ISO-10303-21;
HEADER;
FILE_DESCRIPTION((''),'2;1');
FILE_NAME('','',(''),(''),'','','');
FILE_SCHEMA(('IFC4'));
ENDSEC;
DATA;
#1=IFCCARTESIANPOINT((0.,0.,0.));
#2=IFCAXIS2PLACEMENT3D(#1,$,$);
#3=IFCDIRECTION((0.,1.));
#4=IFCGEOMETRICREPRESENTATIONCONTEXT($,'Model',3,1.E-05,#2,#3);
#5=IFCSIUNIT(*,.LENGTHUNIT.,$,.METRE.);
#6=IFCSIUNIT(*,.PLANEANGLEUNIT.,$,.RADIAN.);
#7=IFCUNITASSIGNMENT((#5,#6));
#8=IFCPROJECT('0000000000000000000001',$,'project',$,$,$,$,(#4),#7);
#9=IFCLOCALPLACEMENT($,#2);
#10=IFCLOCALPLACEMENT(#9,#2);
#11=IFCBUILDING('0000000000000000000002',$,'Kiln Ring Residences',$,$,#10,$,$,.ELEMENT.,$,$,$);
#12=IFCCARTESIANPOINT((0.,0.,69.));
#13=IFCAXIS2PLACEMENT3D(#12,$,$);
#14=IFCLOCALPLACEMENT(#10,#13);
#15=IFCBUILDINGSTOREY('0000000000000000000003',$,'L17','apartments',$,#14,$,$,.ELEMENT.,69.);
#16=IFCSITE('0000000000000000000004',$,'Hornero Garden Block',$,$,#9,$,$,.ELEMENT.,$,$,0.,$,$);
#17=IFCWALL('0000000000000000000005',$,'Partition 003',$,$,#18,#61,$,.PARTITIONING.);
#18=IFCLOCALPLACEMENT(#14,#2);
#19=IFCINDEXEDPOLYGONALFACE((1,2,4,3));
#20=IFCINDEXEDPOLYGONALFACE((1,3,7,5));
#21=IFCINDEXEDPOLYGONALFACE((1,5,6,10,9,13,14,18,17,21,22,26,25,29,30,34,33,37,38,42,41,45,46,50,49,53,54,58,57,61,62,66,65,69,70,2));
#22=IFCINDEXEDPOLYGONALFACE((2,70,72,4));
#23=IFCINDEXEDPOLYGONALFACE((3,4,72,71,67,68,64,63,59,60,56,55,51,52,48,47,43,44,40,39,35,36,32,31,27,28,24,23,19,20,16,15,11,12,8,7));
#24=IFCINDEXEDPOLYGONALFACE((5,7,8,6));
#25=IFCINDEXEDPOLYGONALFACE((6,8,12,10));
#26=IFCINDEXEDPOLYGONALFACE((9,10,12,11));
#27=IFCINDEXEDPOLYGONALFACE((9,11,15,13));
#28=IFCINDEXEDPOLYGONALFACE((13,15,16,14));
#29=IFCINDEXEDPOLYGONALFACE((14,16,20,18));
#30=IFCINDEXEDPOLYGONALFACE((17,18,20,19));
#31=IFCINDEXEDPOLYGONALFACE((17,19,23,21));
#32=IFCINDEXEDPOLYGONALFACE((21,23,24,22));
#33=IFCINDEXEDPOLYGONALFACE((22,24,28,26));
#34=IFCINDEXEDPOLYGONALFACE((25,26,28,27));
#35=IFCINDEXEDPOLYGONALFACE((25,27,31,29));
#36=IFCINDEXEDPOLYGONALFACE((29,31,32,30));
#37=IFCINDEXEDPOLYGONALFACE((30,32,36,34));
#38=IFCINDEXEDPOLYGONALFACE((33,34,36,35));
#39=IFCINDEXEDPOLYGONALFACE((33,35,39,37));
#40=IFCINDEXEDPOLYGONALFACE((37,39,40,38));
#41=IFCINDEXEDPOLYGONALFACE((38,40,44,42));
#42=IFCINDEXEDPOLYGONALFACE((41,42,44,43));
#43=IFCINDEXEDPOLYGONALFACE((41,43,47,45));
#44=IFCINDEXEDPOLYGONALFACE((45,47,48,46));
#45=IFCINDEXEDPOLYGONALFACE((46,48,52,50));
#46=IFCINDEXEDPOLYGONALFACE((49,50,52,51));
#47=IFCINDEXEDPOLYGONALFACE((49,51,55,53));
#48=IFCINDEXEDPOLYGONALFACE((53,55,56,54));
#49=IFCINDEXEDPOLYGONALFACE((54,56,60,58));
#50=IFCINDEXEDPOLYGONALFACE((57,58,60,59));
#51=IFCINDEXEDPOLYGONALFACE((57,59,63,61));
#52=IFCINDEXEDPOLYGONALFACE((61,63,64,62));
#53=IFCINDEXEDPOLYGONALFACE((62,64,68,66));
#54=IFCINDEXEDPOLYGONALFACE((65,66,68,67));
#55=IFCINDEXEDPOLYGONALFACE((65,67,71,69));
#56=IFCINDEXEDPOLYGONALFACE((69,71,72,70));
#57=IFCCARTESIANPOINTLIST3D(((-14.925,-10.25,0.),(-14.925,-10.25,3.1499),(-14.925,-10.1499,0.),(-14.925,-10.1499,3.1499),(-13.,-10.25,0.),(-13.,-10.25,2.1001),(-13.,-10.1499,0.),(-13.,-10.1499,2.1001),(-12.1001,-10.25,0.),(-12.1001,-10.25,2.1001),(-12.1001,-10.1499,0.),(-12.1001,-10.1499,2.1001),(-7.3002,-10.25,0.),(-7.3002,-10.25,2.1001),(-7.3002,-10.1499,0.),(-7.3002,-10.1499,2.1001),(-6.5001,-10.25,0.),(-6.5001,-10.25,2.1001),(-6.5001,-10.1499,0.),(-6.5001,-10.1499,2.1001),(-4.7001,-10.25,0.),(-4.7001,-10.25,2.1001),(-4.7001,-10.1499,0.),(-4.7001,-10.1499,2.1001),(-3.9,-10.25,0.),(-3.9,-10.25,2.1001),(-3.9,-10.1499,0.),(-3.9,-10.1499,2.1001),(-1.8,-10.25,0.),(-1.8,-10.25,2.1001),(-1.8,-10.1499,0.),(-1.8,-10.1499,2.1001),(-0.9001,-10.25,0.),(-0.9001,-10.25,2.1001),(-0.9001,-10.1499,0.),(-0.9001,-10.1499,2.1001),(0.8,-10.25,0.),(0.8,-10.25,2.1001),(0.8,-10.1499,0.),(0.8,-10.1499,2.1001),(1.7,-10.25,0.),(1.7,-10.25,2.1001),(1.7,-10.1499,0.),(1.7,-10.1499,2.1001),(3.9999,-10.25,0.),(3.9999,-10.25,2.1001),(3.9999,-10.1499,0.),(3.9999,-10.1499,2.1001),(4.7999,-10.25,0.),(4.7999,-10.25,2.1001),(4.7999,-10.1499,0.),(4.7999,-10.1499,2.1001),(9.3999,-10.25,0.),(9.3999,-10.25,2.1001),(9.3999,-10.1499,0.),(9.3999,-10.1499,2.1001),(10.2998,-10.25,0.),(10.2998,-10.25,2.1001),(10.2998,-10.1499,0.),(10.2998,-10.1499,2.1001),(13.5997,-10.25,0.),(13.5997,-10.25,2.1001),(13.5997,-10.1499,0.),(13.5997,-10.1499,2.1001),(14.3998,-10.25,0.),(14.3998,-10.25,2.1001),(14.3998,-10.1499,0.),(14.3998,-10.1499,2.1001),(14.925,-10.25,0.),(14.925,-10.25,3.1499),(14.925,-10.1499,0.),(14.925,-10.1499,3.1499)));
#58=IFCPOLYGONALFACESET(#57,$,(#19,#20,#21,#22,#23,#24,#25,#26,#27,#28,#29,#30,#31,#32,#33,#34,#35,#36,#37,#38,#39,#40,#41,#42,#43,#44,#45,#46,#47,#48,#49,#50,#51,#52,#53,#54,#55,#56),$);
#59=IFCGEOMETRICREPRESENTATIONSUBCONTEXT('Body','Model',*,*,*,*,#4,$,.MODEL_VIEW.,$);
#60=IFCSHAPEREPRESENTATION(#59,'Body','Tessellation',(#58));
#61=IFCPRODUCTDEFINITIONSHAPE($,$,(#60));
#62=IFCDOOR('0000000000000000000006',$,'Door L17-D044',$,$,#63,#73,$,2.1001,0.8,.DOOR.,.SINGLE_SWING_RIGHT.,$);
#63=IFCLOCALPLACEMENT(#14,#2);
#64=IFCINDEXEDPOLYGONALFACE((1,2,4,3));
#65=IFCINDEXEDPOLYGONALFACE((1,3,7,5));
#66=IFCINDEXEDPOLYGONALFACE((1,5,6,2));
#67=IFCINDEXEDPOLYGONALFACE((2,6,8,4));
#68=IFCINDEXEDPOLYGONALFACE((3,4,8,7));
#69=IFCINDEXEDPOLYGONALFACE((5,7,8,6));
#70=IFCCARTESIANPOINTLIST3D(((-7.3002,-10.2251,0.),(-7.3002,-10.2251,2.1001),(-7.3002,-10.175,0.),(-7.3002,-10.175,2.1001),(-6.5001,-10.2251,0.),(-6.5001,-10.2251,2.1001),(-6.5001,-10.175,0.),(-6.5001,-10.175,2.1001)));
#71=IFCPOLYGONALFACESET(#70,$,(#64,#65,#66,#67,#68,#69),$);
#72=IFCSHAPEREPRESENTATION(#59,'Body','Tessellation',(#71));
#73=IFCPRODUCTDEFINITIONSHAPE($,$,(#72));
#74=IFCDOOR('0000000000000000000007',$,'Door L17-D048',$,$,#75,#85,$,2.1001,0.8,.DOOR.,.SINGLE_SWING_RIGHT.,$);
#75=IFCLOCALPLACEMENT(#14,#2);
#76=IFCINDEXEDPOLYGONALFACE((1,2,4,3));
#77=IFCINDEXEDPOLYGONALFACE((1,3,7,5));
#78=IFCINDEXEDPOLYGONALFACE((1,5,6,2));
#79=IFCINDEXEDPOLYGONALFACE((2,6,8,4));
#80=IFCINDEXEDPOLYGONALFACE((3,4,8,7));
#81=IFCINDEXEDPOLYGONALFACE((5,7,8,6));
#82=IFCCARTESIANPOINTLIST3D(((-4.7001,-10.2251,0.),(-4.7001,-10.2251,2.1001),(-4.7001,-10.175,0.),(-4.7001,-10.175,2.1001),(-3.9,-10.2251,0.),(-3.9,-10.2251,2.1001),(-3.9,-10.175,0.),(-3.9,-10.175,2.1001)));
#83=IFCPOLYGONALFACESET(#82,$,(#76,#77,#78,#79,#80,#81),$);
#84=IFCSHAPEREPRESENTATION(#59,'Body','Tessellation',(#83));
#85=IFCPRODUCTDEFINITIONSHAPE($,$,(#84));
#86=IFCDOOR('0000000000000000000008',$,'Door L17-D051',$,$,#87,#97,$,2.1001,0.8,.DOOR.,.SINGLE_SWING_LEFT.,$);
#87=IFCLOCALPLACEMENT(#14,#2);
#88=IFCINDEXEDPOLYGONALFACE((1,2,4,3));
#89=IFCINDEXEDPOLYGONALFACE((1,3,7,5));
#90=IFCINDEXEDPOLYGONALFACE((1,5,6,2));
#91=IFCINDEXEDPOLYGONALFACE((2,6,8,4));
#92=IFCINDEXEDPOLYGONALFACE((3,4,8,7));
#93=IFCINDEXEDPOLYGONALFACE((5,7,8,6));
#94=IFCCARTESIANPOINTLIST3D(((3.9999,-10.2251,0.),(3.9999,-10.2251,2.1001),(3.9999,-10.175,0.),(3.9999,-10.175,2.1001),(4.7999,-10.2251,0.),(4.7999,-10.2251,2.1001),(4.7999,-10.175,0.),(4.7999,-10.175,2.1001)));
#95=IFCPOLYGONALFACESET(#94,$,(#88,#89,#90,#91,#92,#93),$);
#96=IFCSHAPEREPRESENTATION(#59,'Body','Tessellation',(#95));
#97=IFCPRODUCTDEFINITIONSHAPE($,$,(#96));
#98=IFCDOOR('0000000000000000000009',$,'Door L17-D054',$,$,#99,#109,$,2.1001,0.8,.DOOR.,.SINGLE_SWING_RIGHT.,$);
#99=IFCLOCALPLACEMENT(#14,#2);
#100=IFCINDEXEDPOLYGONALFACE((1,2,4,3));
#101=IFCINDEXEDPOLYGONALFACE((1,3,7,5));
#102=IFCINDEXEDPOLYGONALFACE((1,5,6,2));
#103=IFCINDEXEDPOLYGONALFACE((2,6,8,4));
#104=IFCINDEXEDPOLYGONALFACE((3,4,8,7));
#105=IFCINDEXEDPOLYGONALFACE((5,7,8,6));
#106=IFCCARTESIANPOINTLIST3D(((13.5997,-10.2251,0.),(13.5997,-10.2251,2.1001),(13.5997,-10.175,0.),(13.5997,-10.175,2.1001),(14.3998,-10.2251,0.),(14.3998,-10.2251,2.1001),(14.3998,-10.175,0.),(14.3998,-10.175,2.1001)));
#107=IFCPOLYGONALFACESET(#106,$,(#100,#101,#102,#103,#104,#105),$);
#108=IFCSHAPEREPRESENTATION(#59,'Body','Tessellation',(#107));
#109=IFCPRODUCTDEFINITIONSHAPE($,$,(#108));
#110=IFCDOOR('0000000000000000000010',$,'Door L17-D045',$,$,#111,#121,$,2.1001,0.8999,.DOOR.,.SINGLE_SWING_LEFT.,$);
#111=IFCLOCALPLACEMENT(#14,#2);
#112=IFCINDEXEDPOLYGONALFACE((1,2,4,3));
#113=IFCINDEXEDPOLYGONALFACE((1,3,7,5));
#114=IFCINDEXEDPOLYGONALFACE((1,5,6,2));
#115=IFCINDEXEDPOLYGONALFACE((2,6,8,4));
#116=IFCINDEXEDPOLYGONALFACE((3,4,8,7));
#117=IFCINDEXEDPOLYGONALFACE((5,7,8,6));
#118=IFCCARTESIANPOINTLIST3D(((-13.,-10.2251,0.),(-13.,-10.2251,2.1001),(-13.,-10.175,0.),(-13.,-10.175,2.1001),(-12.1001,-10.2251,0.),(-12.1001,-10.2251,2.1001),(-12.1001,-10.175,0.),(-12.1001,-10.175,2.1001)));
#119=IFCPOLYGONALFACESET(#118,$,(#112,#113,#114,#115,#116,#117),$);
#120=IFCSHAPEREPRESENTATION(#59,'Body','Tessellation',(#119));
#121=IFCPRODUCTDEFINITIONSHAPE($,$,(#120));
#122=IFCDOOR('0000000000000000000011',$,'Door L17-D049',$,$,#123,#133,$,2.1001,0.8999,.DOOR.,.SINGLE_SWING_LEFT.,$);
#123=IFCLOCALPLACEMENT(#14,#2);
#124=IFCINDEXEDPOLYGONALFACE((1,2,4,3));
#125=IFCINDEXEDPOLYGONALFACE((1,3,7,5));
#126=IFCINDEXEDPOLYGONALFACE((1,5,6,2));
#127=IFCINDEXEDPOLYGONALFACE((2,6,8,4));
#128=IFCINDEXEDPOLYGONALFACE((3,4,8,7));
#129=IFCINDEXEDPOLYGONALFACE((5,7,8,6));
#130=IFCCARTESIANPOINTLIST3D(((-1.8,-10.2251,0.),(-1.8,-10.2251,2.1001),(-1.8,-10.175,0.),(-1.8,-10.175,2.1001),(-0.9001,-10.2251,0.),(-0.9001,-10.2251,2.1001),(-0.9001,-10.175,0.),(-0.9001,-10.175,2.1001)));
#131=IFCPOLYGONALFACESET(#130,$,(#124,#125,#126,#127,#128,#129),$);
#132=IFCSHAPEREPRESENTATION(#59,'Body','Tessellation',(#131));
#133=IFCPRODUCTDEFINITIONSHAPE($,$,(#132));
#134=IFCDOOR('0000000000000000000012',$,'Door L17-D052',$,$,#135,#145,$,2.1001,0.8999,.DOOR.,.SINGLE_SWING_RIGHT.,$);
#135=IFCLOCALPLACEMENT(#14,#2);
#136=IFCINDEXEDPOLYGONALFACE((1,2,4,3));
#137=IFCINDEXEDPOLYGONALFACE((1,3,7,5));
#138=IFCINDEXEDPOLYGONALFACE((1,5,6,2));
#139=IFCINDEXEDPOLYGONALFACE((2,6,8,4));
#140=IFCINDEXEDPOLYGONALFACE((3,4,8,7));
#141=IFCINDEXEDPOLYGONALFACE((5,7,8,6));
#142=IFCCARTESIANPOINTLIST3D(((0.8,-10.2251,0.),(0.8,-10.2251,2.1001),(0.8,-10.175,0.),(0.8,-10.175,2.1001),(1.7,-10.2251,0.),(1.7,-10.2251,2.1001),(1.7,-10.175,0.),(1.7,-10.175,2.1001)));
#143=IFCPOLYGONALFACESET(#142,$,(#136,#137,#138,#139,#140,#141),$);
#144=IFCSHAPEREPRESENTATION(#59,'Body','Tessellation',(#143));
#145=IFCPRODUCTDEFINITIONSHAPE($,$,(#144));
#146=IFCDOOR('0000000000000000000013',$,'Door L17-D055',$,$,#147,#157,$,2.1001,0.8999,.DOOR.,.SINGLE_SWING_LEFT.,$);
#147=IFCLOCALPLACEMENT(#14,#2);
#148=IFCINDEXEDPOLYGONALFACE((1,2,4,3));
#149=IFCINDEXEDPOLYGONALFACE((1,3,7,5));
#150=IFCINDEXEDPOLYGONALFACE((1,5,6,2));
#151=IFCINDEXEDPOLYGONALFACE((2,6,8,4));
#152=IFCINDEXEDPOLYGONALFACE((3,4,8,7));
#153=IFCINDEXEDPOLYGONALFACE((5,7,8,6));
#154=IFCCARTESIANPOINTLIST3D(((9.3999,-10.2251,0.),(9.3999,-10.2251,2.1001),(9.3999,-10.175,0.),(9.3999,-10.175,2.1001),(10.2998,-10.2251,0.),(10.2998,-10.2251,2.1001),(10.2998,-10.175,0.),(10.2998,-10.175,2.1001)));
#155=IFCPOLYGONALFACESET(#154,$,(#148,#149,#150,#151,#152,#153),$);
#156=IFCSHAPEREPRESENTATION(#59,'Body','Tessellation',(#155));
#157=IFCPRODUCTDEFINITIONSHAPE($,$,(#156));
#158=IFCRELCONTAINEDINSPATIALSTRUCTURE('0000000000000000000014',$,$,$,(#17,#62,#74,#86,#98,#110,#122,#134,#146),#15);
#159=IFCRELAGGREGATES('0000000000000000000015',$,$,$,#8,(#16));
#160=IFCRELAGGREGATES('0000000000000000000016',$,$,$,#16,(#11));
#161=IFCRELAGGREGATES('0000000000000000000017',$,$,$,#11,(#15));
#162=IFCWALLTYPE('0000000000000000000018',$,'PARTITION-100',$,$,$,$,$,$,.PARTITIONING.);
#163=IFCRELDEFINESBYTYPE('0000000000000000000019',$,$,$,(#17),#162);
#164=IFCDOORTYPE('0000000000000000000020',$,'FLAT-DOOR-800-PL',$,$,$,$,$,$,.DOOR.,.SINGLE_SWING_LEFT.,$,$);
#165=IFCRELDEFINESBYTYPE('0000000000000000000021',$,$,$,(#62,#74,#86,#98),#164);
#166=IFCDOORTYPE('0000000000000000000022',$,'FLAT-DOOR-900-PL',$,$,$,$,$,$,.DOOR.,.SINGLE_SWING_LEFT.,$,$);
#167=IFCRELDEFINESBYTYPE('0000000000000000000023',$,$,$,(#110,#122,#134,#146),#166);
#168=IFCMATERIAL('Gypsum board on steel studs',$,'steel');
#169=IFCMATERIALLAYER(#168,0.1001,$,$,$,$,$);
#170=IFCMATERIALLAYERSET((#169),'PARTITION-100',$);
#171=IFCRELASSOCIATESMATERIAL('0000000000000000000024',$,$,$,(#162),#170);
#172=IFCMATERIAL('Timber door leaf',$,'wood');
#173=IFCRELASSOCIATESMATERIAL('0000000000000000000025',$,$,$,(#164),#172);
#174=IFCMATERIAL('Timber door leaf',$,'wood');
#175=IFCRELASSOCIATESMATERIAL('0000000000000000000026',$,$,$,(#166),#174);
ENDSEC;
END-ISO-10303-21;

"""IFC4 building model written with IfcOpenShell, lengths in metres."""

from ifc_helpers import new_model, si_unit, direction, frame, frame_2d, origin, place, context, subcontext, project, spatial, rectangle, extrude, material, layer, layer_set, type_object, element, fill, save


model = new_model("IFC4")

# Units and contexts
model_context = context("Model", 3, precision=1e-05, world=origin(), true_north=direction((0.0, 1.0)))
body_context = subcontext(model_context, "Body", "Model", "MODEL_VIEW")
ifc_project = project(units=[si_unit("LENGTHUNIT", "METRE"), si_unit("PLANEANGLEUNIT", "RADIAN")], contexts=[model_context])

# Site, building, storey
site_placement = place(None, origin())
site = spatial("IfcSite", under=ifc_project, at=site_placement, Name="Hornero Garden Block", CompositionType="ELEMENT", RefElevation=0.0)
building_placement = place(site_placement, origin())
building = spatial("IfcBuilding", under=site, at=building_placement, Name="Kiln Ring Residences", CompositionType="ELEMENT")
storey_placement = place(building_placement, frame((0.0, 0.0, 69.0)))
storey = spatial("IfcBuildingStorey", under=building, at=storey_placement, Name="L17", Description="apartments", CompositionType="ELEMENT", Elevation=69.0)

# Wall, openings, doors
ifc_material_1 = material(Name="Gypsum board on steel studs", Category="steel")
ifc_layer_1 = layer(ifc_material_1, 0.1001)
ifc_layer_set_1 = layer_set([ifc_layer_1], Name="PARTITION-100")
wall_type_1 = type_object("IfcWallType", Name="PARTITION-100", PredefinedType="PARTITIONING", material=ifc_layer_set_1)
wall_1_placement = place(storey_placement, frame((-14.925, -10.2, 0.0), z_axis=(0.0, 0.0, 1.0), x_axis=(1.0, 0.0, 0.0)))
wall_1 = element("IfcWall", 1, at=wall_1_placement, inside=storey, type_object=wall_type_1, Name="Partition 003", PredefinedType="PARTITIONING", context=body_context, shape_type="SweptSolid", body=[
    extrude(rectangle(XDim=29.8501, YDim=0.1001, at=frame_2d((14.925, 0.0))), origin(), (0.0, 0.0, 1.0), 3.1499),
])
opening_1_placement = place(wall_1_placement, frame((7.625, 0.0, 0.0)))
opening_1 = element("IfcOpeningElement", 2, at=opening_1_placement, cuts=wall_1, PredefinedType="OPENING", context=body_context, shape_type="SweptSolid", body=[
    extrude(rectangle(XDim=0.8, YDim=2.1001, at=frame_2d((0.3999, 1.05))), frame((0.0, 0.0601, 0.0), z_axis=(0.0, -1.0, 0.0), x_axis=(1.0, 0.0, 0.0)), (0.0, 0.0, 1.0), 0.1201),
])
opening_2_placement = place(wall_1_placement, frame((1.925, 0.0, 0.0)))
opening_2 = element("IfcOpeningElement", 3, at=opening_2_placement, cuts=wall_1, PredefinedType="OPENING", context=body_context, shape_type="SweptSolid", body=[
    extrude(rectangle(XDim=0.8999, YDim=2.1001, at=frame_2d((0.45, 1.05))), frame((0.0, 0.0601, 0.0), z_axis=(0.0, -1.0, 0.0), x_axis=(1.0, 0.0, 0.0)), (0.0, 0.0, 1.0), 0.1201),
])
opening_3_placement = place(wall_1_placement, frame((10.2251, 0.0, 0.0)))
opening_3 = element("IfcOpeningElement", 4, at=opening_3_placement, cuts=wall_1, PredefinedType="OPENING", context=body_context, shape_type="SweptSolid", body=[
    extrude(rectangle(XDim=0.8, YDim=2.1001, at=frame_2d((0.3999, 1.05))), frame((0.0, 0.0601, 0.0), z_axis=(0.0, -1.0, 0.0), x_axis=(1.0, 0.0, 0.0)), (0.0, 0.0, 1.0), 0.1201),
])
opening_4_placement = place(wall_1_placement, frame((13.125, 0.0, 0.0)))
opening_4 = element("IfcOpeningElement", 5, at=opening_4_placement, cuts=wall_1, PredefinedType="OPENING", context=body_context, shape_type="SweptSolid", body=[
    extrude(rectangle(XDim=0.8999, YDim=2.1001, at=frame_2d((0.45, 1.05))), frame((0.0, 0.0601, 0.0), z_axis=(0.0, -1.0, 0.0), x_axis=(1.0, 0.0, 0.0)), (0.0, 0.0, 1.0), 0.1201),
])
opening_5_placement = place(wall_1_placement, frame((18.925, 0.0, 0.0)))
opening_5 = element("IfcOpeningElement", 6, at=opening_5_placement, cuts=wall_1, PredefinedType="OPENING", context=body_context, shape_type="SweptSolid", body=[
    extrude(rectangle(XDim=0.8, YDim=2.1001, at=frame_2d((0.3999, 1.05))), frame((0.0, 0.0601, 0.0), z_axis=(0.0, -1.0, 0.0), x_axis=(1.0, 0.0, 0.0)), (0.0, 0.0, 1.0), 0.1201),
])
opening_6_placement = place(wall_1_placement, frame((15.7251, 0.0, 0.0)))
opening_6 = element("IfcOpeningElement", 7, at=opening_6_placement, cuts=wall_1, PredefinedType="OPENING", context=body_context, shape_type="SweptSolid", body=[
    extrude(rectangle(XDim=0.8999, YDim=2.1001, at=frame_2d((0.45, 1.05))), frame((0.0, 0.0601, 0.0), z_axis=(0.0, -1.0, 0.0), x_axis=(1.0, 0.0, 0.0)), (0.0, 0.0, 1.0), 0.1201),
])
opening_7_placement = place(wall_1_placement, frame((28.5249, 0.0, 0.0)))
opening_7 = element("IfcOpeningElement", 8, at=opening_7_placement, cuts=wall_1, PredefinedType="OPENING", context=body_context, shape_type="SweptSolid", body=[
    extrude(rectangle(XDim=0.8, YDim=2.1001, at=frame_2d((0.3999, 1.05))), frame((0.0, 0.0601, 0.0), z_axis=(0.0, -1.0, 0.0), x_axis=(1.0, 0.0, 0.0)), (0.0, 0.0, 1.0), 0.1201),
])
opening_8_placement = place(wall_1_placement, frame((24.325, 0.0, 0.0)))
opening_8 = element("IfcOpeningElement", 9, at=opening_8_placement, cuts=wall_1, PredefinedType="OPENING", context=body_context, shape_type="SweptSolid", body=[
    extrude(rectangle(XDim=0.8999, YDim=2.1001, at=frame_2d((0.45, 1.05))), frame((0.0, 0.0601, 0.0), z_axis=(0.0, -1.0, 0.0), x_axis=(1.0, 0.0, 0.0)), (0.0, 0.0, 1.0), 0.1201),
])
ifc_material_2 = material(Name="Timber door leaf", Category="wood")
door_type_1 = type_object("IfcDoorType", Name="FLAT-DOOR-800-PL", OperationType="SINGLE_SWING_LEFT", PredefinedType="DOOR", material=ifc_material_2)
door_1_placement = place(opening_1_placement, origin())
door_1 = element("IfcDoor", 10, at=door_1_placement, inside=storey, type_object=door_type_1, Name="Door L17-D044", OperationType="SINGLE_SWING_RIGHT", OverallHeight=2.1001, OverallWidth=0.8, PredefinedType="DOOR", context=body_context, shape_type="SweptSolid", body=[
    extrude(rectangle(XDim=0.8, YDim=2.1001, at=frame_2d((0.3999, 1.05))), frame((0.0, 0.0249, 0.0), z_axis=(0.0, -1.0, 0.0), x_axis=(1.0, 0.0, 0.0)), (0.0, 0.0, 1.0), 0.05),
])
fill(opening_1, door_1)
door_2_placement = place(opening_3_placement, origin())
door_2 = element("IfcDoor", 11, at=door_2_placement, inside=storey, type_object=door_type_1, Name="Door L17-D048", OperationType="SINGLE_SWING_RIGHT", OverallHeight=2.1001, OverallWidth=0.8, PredefinedType="DOOR", context=body_context, shape_type="SweptSolid", body=[
    extrude(rectangle(XDim=0.8, YDim=2.1001, at=frame_2d((0.3999, 1.05))), frame((0.0, 0.0249, 0.0), z_axis=(0.0, -1.0, 0.0), x_axis=(1.0, 0.0, 0.0)), (0.0, 0.0, 1.0), 0.05),
])
fill(opening_3, door_2)
door_3_placement = place(opening_5_placement, origin())
door_3 = element("IfcDoor", 12, at=door_3_placement, inside=storey, type_object=door_type_1, Name="Door L17-D051", OperationType="SINGLE_SWING_LEFT", OverallHeight=2.1001, OverallWidth=0.8, PredefinedType="DOOR", context=body_context, shape_type="SweptSolid", body=[
    extrude(rectangle(XDim=0.8, YDim=2.1001, at=frame_2d((0.3999, 1.05))), frame((0.0, 0.0249, 0.0), z_axis=(0.0, -1.0, 0.0), x_axis=(1.0, 0.0, 0.0)), (0.0, 0.0, 1.0), 0.05),
])
fill(opening_5, door_3)
door_4_placement = place(opening_7_placement, origin())
door_4 = element("IfcDoor", 13, at=door_4_placement, inside=storey, type_object=door_type_1, Name="Door L17-D054", OperationType="SINGLE_SWING_RIGHT", OverallHeight=2.1001, OverallWidth=0.8, PredefinedType="DOOR", context=body_context, shape_type="SweptSolid", body=[
    extrude(rectangle(XDim=0.8, YDim=2.1001, at=frame_2d((0.3999, 1.05))), frame((0.0, 0.0249, 0.0), z_axis=(0.0, -1.0, 0.0), x_axis=(1.0, 0.0, 0.0)), (0.0, 0.0, 1.0), 0.05),
])
fill(opening_7, door_4)
ifc_material_3 = material(Name="Timber door leaf", Category="wood")
door_type_2 = type_object("IfcDoorType", Name="FLAT-DOOR-900-PL", OperationType="SINGLE_SWING_LEFT", PredefinedType="DOOR", material=ifc_material_3)
door_5_placement = place(opening_2_placement, origin())
door_5 = element("IfcDoor", 14, at=door_5_placement, inside=storey, type_object=door_type_2, Name="Door L17-D045", OperationType="SINGLE_SWING_LEFT", OverallHeight=2.1001, OverallWidth=0.8999, PredefinedType="DOOR", context=body_context, shape_type="SweptSolid", body=[
    extrude(rectangle(XDim=0.8999, YDim=2.1001, at=frame_2d((0.45, 1.05))), frame((0.0, 0.0249, 0.0), z_axis=(0.0, -1.0, 0.0), x_axis=(1.0, 0.0, 0.0)), (0.0, 0.0, 1.0), 0.05),
])
fill(opening_2, door_5)
door_6_placement = place(opening_4_placement, origin())
door_6 = element("IfcDoor", 15, at=door_6_placement, inside=storey, type_object=door_type_2, Name="Door L17-D049", OperationType="SINGLE_SWING_LEFT", OverallHeight=2.1001, OverallWidth=0.8999, PredefinedType="DOOR", context=body_context, shape_type="SweptSolid", body=[
    extrude(rectangle(XDim=0.8999, YDim=2.1001, at=frame_2d((0.45, 1.05))), frame((0.0, 0.0249, 0.0), z_axis=(0.0, -1.0, 0.0), x_axis=(1.0, 0.0, 0.0)), (0.0, 0.0, 1.0), 0.05),
])
fill(opening_4, door_6)
door_7_placement = place(opening_6_placement, origin())
door_7 = element("IfcDoor", 16, at=door_7_placement, inside=storey, type_object=door_type_2, Name="Door L17-D052", OperationType="SINGLE_SWING_RIGHT", OverallHeight=2.1001, OverallWidth=0.8999, PredefinedType="DOOR", context=body_context, shape_type="SweptSolid", body=[
    extrude(rectangle(XDim=0.8999, YDim=2.1001, at=frame_2d((0.45, 1.05))), frame((0.0, 0.0249, 0.0), z_axis=(0.0, -1.0, 0.0), x_axis=(1.0, 0.0, 0.0)), (0.0, 0.0, 1.0), 0.05),
])
fill(opening_6, door_7)
door_8_placement = place(opening_8_placement, origin())
door_8 = element("IfcDoor", 17, at=door_8_placement, inside=storey, type_object=door_type_2, Name="Door L17-D055", OperationType="SINGLE_SWING_LEFT", OverallHeight=2.1001, OverallWidth=0.8999, PredefinedType="DOOR", context=body_context, shape_type="SweptSolid", body=[
    extrude(rectangle(XDim=0.8999, YDim=2.1001, at=frame_2d((0.45, 1.05))), frame((0.0, 0.0249, 0.0), z_axis=(0.0, -1.0, 0.0), x_axis=(1.0, 0.0, 0.0)), (0.0, 0.0, 1.0), 0.05),
])
fill(opening_8, door_8)

save(model, "model.ifc")
